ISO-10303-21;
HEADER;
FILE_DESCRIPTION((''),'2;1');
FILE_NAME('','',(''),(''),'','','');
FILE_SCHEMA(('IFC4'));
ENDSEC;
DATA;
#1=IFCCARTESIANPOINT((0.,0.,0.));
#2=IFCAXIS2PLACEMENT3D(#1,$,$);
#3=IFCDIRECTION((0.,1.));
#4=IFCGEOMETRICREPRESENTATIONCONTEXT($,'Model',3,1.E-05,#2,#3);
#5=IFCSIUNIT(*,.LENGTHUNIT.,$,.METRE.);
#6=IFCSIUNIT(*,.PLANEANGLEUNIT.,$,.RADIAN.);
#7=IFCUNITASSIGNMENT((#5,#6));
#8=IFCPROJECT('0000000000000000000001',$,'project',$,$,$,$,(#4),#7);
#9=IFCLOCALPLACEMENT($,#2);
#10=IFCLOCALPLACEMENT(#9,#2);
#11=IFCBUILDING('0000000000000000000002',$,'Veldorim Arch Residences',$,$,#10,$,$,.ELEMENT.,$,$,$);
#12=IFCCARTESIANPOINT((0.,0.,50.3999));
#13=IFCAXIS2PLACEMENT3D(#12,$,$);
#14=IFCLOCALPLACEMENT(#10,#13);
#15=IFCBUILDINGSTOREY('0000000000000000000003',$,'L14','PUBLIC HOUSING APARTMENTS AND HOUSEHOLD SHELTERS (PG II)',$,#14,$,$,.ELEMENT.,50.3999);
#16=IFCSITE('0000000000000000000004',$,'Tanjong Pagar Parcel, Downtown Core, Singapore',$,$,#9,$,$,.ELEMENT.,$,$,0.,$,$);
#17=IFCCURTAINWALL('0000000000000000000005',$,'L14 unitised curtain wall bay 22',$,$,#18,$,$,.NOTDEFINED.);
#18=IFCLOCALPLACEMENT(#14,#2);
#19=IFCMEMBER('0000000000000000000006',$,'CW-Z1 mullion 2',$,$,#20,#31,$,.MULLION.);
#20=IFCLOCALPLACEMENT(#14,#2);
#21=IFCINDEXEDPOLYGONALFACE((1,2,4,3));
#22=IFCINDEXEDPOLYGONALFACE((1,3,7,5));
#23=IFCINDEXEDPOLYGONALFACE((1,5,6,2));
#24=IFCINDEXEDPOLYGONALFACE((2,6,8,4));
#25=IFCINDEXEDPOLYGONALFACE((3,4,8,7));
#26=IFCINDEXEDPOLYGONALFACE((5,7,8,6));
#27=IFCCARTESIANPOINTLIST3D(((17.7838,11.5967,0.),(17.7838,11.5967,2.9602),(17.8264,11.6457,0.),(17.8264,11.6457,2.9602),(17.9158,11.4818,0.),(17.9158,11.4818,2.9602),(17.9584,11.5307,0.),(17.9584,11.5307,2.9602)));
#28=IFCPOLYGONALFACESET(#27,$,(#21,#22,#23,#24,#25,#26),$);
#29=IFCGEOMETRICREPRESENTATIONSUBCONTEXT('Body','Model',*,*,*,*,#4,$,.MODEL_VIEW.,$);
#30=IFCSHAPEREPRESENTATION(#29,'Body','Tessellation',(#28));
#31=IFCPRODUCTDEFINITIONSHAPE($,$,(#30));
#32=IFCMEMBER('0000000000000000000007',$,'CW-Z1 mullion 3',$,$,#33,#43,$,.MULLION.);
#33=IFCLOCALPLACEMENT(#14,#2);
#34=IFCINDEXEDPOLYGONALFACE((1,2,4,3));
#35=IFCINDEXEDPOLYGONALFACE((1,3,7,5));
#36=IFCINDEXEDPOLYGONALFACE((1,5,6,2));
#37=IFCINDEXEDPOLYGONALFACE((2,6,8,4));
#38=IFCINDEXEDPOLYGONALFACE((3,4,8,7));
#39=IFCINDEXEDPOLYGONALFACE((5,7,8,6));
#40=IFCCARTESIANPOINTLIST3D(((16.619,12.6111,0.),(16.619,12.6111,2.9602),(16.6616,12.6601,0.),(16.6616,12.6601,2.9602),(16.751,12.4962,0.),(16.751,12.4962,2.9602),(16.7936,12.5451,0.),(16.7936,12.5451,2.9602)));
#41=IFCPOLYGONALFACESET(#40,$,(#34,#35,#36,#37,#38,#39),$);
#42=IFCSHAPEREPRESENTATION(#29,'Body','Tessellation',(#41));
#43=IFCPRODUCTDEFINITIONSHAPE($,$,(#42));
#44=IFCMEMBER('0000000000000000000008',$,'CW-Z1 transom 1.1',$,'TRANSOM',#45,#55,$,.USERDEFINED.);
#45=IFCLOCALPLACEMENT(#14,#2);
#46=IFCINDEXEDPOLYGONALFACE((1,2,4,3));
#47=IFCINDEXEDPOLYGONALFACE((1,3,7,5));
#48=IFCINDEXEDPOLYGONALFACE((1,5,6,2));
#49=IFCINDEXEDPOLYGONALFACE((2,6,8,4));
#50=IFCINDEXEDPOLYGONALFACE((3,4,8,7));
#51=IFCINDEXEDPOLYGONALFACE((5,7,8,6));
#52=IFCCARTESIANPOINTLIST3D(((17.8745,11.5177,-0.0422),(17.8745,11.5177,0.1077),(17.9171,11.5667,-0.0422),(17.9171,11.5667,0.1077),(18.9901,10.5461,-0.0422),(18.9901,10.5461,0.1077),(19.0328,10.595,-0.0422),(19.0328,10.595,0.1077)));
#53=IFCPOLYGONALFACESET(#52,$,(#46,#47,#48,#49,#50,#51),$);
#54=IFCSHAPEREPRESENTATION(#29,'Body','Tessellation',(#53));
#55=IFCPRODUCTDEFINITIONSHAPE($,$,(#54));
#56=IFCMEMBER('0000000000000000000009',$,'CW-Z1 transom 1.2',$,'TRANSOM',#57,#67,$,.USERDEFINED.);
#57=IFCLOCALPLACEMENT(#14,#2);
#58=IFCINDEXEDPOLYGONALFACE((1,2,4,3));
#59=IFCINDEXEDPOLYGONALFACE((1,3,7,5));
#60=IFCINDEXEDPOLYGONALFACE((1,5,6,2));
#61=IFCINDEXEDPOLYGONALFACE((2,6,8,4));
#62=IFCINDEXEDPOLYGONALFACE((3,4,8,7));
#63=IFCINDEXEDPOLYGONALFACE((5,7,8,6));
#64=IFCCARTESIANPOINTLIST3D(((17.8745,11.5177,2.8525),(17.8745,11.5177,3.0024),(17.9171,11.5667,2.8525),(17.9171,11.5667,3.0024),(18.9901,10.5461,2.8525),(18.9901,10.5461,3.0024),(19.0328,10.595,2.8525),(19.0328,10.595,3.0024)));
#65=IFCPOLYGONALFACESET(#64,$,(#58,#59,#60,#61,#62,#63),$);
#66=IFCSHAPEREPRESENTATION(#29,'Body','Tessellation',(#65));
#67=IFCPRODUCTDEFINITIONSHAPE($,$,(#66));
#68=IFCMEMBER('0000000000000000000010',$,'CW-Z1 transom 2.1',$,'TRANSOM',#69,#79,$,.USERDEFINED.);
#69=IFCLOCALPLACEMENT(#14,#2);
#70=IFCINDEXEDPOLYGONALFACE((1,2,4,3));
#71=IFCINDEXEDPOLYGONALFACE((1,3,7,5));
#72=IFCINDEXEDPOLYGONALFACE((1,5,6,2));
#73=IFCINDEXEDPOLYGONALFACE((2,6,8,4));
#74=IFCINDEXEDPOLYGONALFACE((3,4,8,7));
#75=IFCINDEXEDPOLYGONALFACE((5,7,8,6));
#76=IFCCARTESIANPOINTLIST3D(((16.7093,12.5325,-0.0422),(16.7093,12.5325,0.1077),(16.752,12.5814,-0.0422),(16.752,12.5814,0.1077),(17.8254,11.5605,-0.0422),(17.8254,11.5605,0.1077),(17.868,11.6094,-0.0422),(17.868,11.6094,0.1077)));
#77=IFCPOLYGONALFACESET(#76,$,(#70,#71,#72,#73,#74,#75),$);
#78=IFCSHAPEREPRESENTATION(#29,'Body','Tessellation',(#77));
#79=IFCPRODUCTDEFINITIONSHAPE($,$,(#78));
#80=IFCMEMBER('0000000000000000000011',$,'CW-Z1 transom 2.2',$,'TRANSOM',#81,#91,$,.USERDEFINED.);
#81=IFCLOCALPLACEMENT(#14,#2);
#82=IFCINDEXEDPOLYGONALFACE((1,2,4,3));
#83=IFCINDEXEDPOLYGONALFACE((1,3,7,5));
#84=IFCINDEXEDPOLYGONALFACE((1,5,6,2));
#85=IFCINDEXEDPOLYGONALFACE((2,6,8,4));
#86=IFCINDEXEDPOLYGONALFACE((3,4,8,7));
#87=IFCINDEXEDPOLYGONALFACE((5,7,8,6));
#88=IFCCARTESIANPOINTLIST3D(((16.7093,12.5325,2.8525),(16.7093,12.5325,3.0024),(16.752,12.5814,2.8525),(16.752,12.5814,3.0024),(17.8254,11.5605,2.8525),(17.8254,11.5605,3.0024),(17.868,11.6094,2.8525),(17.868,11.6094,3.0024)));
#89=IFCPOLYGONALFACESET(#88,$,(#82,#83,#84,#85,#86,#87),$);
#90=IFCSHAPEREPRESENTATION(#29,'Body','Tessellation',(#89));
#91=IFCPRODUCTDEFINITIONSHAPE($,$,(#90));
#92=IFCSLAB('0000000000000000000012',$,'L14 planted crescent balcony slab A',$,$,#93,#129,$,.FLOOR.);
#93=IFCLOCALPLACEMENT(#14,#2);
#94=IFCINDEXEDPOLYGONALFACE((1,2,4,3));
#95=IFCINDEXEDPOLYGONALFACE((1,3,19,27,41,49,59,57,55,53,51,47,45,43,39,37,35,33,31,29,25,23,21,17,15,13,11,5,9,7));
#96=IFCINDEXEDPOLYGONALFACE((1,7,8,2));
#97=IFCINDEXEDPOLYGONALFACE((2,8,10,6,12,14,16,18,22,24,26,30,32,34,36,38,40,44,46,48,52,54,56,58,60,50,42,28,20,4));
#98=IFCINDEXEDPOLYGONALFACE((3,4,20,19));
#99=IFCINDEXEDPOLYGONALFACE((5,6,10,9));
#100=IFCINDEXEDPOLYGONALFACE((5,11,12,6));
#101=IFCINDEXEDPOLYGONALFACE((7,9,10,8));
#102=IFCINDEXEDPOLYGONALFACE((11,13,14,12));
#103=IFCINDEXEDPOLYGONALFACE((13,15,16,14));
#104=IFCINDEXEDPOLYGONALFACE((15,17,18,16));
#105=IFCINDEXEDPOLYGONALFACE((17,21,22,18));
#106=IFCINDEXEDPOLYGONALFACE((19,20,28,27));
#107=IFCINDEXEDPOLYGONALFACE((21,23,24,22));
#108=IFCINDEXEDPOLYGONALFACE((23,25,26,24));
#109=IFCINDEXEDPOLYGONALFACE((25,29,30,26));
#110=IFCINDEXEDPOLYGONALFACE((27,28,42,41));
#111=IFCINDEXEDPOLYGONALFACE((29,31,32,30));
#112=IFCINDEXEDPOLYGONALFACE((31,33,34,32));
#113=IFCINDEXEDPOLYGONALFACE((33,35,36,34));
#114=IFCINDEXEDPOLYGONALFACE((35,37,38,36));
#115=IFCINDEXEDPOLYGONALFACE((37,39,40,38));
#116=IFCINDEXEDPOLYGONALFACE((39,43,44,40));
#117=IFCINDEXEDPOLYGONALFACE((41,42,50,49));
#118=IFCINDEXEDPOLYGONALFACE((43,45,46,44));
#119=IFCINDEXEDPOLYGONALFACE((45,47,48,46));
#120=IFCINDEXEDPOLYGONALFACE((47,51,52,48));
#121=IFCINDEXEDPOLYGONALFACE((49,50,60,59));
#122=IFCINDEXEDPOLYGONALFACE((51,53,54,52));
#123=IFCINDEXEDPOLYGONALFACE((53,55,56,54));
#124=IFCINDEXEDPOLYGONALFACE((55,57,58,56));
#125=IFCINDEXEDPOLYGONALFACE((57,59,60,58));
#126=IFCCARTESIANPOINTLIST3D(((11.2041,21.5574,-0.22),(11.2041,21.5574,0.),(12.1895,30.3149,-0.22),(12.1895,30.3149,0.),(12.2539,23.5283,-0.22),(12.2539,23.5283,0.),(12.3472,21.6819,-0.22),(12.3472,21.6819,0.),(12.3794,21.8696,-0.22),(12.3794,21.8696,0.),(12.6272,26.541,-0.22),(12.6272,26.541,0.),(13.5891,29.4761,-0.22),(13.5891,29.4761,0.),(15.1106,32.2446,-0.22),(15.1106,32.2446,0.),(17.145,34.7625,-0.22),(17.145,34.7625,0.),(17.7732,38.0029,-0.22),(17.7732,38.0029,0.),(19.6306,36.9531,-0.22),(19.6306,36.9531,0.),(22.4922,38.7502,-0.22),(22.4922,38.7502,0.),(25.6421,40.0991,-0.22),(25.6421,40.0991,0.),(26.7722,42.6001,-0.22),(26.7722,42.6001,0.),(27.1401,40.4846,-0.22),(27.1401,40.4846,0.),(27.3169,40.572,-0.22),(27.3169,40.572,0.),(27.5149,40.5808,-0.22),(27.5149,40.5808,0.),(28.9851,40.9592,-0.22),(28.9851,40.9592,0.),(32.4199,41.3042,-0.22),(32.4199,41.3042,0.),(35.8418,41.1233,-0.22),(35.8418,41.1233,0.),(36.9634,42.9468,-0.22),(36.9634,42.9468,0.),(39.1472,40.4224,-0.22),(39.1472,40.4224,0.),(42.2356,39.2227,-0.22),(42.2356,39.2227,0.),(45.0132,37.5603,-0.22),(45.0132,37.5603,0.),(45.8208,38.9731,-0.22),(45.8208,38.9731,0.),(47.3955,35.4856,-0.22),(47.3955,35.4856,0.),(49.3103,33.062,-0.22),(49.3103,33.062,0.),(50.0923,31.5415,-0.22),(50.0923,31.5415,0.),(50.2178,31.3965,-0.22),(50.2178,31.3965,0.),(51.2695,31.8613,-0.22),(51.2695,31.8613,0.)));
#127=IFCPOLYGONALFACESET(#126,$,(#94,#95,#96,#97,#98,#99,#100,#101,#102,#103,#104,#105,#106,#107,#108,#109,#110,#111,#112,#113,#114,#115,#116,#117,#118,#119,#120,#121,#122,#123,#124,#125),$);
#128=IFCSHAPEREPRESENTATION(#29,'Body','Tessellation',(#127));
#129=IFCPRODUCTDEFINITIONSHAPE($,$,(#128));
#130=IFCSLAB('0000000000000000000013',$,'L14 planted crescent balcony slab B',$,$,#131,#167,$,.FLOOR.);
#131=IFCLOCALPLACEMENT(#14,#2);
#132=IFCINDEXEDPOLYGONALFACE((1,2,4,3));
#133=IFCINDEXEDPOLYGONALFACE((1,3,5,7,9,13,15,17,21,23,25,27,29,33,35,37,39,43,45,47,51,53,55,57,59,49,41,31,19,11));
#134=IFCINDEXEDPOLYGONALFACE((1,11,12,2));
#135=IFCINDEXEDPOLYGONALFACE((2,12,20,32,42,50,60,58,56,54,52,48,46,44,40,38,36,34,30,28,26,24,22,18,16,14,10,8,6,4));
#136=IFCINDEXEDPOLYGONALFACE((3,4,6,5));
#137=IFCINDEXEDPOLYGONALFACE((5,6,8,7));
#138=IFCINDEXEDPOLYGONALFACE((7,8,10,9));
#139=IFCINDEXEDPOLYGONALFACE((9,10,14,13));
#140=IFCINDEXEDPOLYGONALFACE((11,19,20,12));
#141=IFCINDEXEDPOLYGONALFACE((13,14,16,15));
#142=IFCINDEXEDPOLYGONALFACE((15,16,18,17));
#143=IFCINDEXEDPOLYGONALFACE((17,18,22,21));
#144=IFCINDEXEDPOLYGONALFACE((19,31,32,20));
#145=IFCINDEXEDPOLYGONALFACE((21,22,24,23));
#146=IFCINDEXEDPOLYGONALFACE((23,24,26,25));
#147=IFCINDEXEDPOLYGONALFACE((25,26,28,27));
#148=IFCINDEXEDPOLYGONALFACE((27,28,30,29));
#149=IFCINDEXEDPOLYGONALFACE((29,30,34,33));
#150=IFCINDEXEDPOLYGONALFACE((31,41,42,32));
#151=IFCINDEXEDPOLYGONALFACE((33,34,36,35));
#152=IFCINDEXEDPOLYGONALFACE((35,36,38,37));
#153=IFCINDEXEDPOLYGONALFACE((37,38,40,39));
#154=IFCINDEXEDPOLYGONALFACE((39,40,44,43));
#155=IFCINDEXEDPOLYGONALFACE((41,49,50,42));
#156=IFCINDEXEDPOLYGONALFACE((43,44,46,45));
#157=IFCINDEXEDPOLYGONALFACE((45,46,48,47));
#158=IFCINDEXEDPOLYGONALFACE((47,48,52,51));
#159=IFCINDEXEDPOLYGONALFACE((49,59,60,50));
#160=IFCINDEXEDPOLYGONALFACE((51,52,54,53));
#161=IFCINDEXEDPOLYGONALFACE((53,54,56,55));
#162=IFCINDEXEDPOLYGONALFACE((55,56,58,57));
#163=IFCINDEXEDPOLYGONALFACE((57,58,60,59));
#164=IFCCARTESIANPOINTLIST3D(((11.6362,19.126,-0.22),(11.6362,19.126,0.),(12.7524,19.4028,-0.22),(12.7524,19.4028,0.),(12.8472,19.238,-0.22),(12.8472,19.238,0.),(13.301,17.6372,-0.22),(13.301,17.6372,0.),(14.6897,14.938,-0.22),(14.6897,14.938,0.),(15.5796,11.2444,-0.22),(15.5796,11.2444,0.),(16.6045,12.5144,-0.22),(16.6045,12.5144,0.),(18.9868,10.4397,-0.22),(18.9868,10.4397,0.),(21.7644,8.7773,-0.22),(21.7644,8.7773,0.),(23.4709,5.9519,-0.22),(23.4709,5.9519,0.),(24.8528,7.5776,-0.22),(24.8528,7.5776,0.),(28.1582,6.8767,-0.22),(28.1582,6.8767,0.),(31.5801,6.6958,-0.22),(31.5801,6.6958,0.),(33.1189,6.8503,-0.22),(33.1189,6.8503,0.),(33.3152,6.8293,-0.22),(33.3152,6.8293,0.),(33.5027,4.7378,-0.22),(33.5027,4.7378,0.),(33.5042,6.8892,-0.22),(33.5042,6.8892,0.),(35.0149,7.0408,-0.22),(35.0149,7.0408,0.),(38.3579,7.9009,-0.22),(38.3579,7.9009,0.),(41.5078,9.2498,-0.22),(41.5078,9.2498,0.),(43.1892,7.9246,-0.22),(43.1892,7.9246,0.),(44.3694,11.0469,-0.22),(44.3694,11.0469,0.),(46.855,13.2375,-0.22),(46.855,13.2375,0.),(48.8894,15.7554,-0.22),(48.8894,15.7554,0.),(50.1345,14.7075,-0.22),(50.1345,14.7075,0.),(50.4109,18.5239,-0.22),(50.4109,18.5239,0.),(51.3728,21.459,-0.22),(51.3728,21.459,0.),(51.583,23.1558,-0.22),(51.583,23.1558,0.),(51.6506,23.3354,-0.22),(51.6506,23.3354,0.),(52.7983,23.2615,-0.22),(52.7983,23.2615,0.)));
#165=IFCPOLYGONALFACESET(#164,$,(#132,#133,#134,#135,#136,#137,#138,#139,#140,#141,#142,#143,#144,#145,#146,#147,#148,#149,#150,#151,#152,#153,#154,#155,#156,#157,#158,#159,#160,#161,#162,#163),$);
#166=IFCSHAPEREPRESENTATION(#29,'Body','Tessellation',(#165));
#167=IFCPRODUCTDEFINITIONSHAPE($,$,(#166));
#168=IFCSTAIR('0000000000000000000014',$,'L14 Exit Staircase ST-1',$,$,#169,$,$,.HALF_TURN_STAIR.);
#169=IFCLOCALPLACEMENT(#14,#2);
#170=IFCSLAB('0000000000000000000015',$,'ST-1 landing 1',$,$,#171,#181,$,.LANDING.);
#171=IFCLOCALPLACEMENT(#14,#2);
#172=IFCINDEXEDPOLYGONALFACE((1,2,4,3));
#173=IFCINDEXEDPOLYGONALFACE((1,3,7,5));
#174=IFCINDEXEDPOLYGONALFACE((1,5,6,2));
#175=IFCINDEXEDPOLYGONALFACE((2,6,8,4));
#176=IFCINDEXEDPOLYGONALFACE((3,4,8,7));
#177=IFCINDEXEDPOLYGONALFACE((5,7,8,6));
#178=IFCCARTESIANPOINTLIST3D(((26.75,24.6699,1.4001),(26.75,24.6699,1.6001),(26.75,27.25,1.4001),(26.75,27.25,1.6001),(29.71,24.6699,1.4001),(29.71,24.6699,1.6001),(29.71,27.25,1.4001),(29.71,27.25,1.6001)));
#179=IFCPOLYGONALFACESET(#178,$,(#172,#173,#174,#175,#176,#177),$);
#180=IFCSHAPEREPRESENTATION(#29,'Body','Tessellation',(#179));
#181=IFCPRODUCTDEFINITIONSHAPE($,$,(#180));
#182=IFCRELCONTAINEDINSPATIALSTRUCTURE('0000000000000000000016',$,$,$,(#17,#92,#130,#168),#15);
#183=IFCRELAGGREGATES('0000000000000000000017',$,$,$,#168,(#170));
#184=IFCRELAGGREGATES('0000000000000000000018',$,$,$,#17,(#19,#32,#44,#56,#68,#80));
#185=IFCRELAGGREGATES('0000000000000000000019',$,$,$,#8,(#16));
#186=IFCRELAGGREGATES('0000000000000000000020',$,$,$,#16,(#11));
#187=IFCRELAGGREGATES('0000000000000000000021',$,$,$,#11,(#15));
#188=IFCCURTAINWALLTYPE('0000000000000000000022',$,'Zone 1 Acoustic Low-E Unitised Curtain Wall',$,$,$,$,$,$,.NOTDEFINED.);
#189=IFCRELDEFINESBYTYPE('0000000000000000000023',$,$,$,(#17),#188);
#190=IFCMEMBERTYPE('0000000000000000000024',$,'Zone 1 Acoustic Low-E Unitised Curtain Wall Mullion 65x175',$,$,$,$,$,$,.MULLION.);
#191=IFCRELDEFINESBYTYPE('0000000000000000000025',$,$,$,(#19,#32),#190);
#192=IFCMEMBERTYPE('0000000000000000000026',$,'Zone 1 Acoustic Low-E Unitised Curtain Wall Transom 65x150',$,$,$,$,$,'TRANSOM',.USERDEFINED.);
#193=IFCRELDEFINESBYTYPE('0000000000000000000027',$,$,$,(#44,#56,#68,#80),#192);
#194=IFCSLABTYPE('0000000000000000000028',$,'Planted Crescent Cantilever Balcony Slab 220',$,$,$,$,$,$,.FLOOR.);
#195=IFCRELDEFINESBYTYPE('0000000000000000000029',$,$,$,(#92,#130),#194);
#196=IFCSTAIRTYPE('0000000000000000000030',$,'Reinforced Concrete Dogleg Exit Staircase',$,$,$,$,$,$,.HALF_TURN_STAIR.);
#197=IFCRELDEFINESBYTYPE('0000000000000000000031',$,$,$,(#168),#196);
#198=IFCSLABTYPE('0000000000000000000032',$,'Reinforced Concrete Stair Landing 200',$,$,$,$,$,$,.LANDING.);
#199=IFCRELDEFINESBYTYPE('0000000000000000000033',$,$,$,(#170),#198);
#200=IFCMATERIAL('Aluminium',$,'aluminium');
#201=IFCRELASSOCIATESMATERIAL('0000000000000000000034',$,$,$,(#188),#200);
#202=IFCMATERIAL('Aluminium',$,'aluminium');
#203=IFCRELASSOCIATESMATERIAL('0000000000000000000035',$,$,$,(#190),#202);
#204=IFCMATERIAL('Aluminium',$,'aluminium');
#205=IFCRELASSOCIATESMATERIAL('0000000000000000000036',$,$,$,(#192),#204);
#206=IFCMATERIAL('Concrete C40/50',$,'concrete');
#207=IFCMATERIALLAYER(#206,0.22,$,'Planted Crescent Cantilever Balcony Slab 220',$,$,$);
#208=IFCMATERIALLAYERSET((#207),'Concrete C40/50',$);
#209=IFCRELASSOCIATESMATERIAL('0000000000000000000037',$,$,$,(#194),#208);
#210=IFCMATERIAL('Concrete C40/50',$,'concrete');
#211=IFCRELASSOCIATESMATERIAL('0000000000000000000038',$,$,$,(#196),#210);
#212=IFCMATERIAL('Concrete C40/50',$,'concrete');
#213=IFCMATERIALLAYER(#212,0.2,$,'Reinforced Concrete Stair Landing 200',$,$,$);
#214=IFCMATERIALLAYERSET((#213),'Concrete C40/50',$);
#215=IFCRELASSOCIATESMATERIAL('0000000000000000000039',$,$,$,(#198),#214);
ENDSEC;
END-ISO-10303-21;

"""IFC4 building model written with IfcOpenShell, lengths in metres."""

from ifc_helpers import new_model, si_unit, direction, frame, origin, origin_2d, place, context, subcontext, project, spatial, polyline, rectangle, outline, extrude, material, layer, layer_set, material_profile, profile_set, type_object, element, aggregate, save


model = new_model("IFC4")

# Units and contexts
model_context = context("Model", 3, precision=1e-05, world=origin(), true_north=direction((0.0, 1.0)))
body_context = subcontext(model_context, "Body", "Model", "MODEL_VIEW")
ifc_project = project(units=[si_unit("LENGTHUNIT", "METRE"), si_unit("PLANEANGLEUNIT", "RADIAN")], contexts=[model_context])

# Site, building, storey
site_placement = place(None, origin())
site = spatial("IfcSite", under=ifc_project, at=site_placement, Name="Tanjong Pagar Parcel, Downtown Core, Singapore", CompositionType="ELEMENT", RefElevation=0.0)
building_placement = place(site_placement, origin())
building = spatial("IfcBuilding", under=site, at=building_placement, Name="Veldorim Arch Residences", CompositionType="ELEMENT")
storey_placement = place(building_placement, frame((0.0, 0.0, 50.3999)))
storey = spatial("IfcBuildingStorey", under=building, at=storey_placement, Name="L14", Description="PUBLIC HOUSING APARTMENTS AND HOUSEHOLD SHELTERS (PG II)", CompositionType="ELEMENT", Elevation=50.3999)

# Curtain wall, members
ifc_material_1 = material(Name="Aluminium", Category="aluminium")
curtain_wall_type = type_object("IfcCurtainWallType", Name="Zone 1 Acoustic Low-E Unitised Curtain Wall", PredefinedType="NOTDEFINED", material=ifc_material_1)
curtain_wall_placement = place(storey_placement, origin())
curtain_wall = element("IfcCurtainWall", 1, at=curtain_wall_placement, inside=storey, type_object=curtain_wall_type, Name="L14 unitised curtain wall bay 22", PredefinedType="NOTDEFINED")
ifc_material_2 = material(Name="Aluminium", Category="aluminium")
ifc_material_profile_1 = material_profile(ifc_material_2, rectangle(XDim=0.0649, YDim=0.175, at=origin_2d()), Name="ALU_MUL_65x175")
ifc_profile_set_1 = profile_set([ifc_material_profile_1], Name="Aluminium")
member_type_1 = type_object("IfcMemberType", Name="Zone 1 Acoustic Low-E Unitised Curtain Wall Mullion 65x175", PredefinedType="MULLION", material=ifc_profile_set_1)
member_1_placement = place(storey_placement, frame((17.8711, 11.5637, 0.0), z_axis=(0.0, 0.0, 1.0), x_axis=(-0.656719, -0.754136, 0.0)))
member_1 = element("IfcMember", 2, at=member_1_placement, type_object=member_type_1, Name="CW-Z1 mullion 2", PredefinedType="MULLION", context=body_context, shape_type="SweptSolid", body=[
    extrude(rectangle(XDim=0.0649, YDim=0.175, at=origin_2d()), origin(), (0.0, 0.0, 1.0), 2.9602),
])
member_2_placement = place(storey_placement, frame((16.7063, 12.5781, 0.0), z_axis=(0.0, 0.0, 1.0), x_axis=(-0.656719, -0.754136, 0.0)))
member_2 = element("IfcMember", 3, at=member_2_placement, type_object=member_type_1, Name="CW-Z1 mullion 3", PredefinedType="MULLION", context=body_context, shape_type="SweptSolid", body=[
    extrude(rectangle(XDim=0.0649, YDim=0.175, at=origin_2d()), origin(), (0.0, 0.0, 1.0), 2.9602),
])
ifc_material_3 = material(Name="Aluminium", Category="aluminium")
ifc_material_profile_2 = material_profile(ifc_material_3, rectangle(XDim=0.0649, YDim=0.1499, at=origin_2d()), Name="ALU_TRN_65x150")
ifc_profile_set_2 = profile_set([ifc_material_profile_2], Name="Aluminium")
member_type_2 = type_object("IfcMemberType", Name="Zone 1 Acoustic Low-E Unitised Curtain Wall Transom 65x150", ElementType="TRANSOM", PredefinedType="USERDEFINED", material=ifc_profile_set_2)
member_3_placement = place(storey_placement, frame((19.0115, 10.5706, 0.0327), z_axis=(-0.754108, 0.65675, 0.0), x_axis=(-0.65675, -0.754108, 0.0)))
member_3 = element("IfcMember", 4, at=member_3_placement, type_object=member_type_2, Name="CW-Z1 transom 1.1", ObjectType="TRANSOM", PredefinedType="USERDEFINED", context=body_context, shape_type="SweptSolid", body=[
    extrude(rectangle(XDim=0.0649, YDim=0.1499, at=origin_2d()), origin(), (0.0, 0.0, 1.0), 1.4795),
])
member_4_placement = place(storey_placement, frame((19.0115, 10.5706, 2.9275), z_axis=(-0.754108, 0.65675, 0.0), x_axis=(-0.65675, -0.754108, 0.0)))
member_4 = element("IfcMember", 5, at=member_4_placement, type_object=member_type_2, Name="CW-Z1 transom 1.2", ObjectType="TRANSOM", PredefinedType="USERDEFINED", context=body_context, shape_type="SweptSolid", body=[
    extrude(rectangle(XDim=0.0649, YDim=0.1499, at=origin_2d()), origin(), (0.0, 0.0, 1.0), 1.4795),
])
member_5_placement = place(storey_placement, frame((17.8467, 11.585, 0.0327), z_axis=(-0.754097, 0.656763, 0.0), x_axis=(-0.656763, -0.754097, 0.0)))
member_5 = element("IfcMember", 6, at=member_5_placement, type_object=member_type_2, Name="CW-Z1 transom 2.1", ObjectType="TRANSOM", PredefinedType="USERDEFINED", context=body_context, shape_type="SweptSolid", body=[
    extrude(rectangle(XDim=0.0649, YDim=0.1499, at=origin_2d()), origin(), (0.0, 0.0, 1.0), 1.48),
])
member_6_placement = place(storey_placement, frame((17.8467, 11.585, 2.9275), z_axis=(-0.754097, 0.656763, 0.0), x_axis=(-0.656763, -0.754097, 0.0)))
member_6 = element("IfcMember", 7, at=member_6_placement, type_object=member_type_2, Name="CW-Z1 transom 2.2", ObjectType="TRANSOM", PredefinedType="USERDEFINED", context=body_context, shape_type="SweptSolid", body=[
    extrude(rectangle(XDim=0.0649, YDim=0.1499, at=origin_2d()), origin(), (0.0, 0.0, 1.0), 1.48),
])

# Slabs
ifc_material_4 = material(Name="Concrete C40/50", Category="concrete")
ifc_layer_1 = layer(ifc_material_4, 0.22, Name="Planted Crescent Cantilever Balcony Slab 220")
ifc_layer_set_1 = layer_set([ifc_layer_1], Name="Concrete C40/50")
slab_type_1 = type_object("IfcSlabType", Name="Planted Crescent Cantilever Balcony Slab 220", PredefinedType="FLOOR", material=ifc_layer_set_1)
slab_1_placement = place(storey_placement, frame((0.0, 0.0, -0.22)))
element("IfcSlab", 8, at=slab_1_placement, inside=storey, type_object=slab_type_1, Name="L14 planted crescent balcony slab A", PredefinedType="FLOOR", context=body_context, shape_type="SweptSolid", body=[
    extrude(outline(polyline([(50.0923, 31.5415), (49.3103, 33.062), (47.3955, 35.4856), (45.0132, 37.5603), (42.2356, 39.2227), (39.1472, 40.4224), (35.8418, 41.1233), (32.4199, 41.3042), (28.9851, 40.9592), (27.5149, 40.5808), (27.3169, 40.572), (27.1401, 40.4846), (25.6421, 40.0991), (22.4922, 38.7502), (19.6306, 36.9531), (17.145, 34.7625), (15.1106, 32.2446), (13.5891, 29.4761), (12.6272, 26.541), (12.2539, 23.5283), (12.3794, 21.8696), (12.3472, 21.6819), (11.2041, 21.5574), (12.1895, 30.3149), (17.7732, 38.0029), (26.7722, 42.6001), (36.9634, 42.9468), (45.8208, 38.9731), (51.2695, 31.8613), (50.2178, 31.3965), (50.0923, 31.5415)])), origin(), (0.0, 0.0, 1.0), 0.22),
])
slab_2_placement = place(storey_placement, frame((0.0, 0.0, -0.22)))
element("IfcSlab", 9, at=slab_2_placement, inside=storey, type_object=slab_type_1, Name="L14 planted crescent balcony slab B", PredefinedType="FLOOR", context=body_context, shape_type="SweptSolid", body=[
    extrude(outline(polyline([(12.8472, 19.238), (13.301, 17.6372), (14.6897, 14.938), (16.6045, 12.5144), (18.9868, 10.4397), (21.7644, 8.7773), (24.8528, 7.5776), (28.1582, 6.8767), (31.5801, 6.6958), (33.1189, 6.8503), (33.3152, 6.8293), (33.5042, 6.8892), (35.0149, 7.0408), (38.3579, 7.9009), (41.5078, 9.2498), (44.3694, 11.0469), (46.855, 13.2375), (48.8894, 15.7554), (50.4109, 18.5239), (51.3728, 21.459), (51.583, 23.1558), (51.6506, 23.3354), (52.7983, 23.2615), (50.1345, 14.7075), (43.1892, 7.9246), (33.5027, 4.7378), (23.4709, 5.9519), (15.5796, 11.2444), (11.6362, 19.126), (12.7524, 19.4028), (12.8472, 19.238)])), origin(), (0.0, 0.0, 1.0), 0.22),
])

# Stair, slab
ifc_material_5 = material(Name="Concrete C40/50", Category="concrete")
stair_type = type_object("IfcStairType", Name="Reinforced Concrete Dogleg Exit Staircase", PredefinedType="HALF_TURN_STAIR", material=ifc_material_5)
stair_1_placement = place(storey_placement, origin())
stair_1 = element("IfcStair", 10, at=stair_1_placement, inside=storey, type_object=stair_type, Name="L14 Exit Staircase ST-1", PredefinedType="HALF_TURN_STAIR")
ifc_material_6 = material(Name="Concrete C40/50", Category="concrete")
ifc_layer_2 = layer(ifc_material_6, 0.2, Name="Reinforced Concrete Stair Landing 200")
ifc_layer_set_2 = layer_set([ifc_layer_2], Name="Concrete C40/50")
slab_type_2 = type_object("IfcSlabType", Name="Reinforced Concrete Stair Landing 200", PredefinedType="LANDING", material=ifc_layer_set_2)
slab_3_placement = place(storey_placement, frame((0.0, 0.0, 1.4001)))
slab_3 = element("IfcSlab", 11, at=slab_3_placement, type_object=slab_type_2, Name="ST-1 landing 1", PredefinedType="LANDING", context=body_context, shape_type="SweptSolid", body=[
    extrude(outline(polyline([(29.71, 24.6699), (29.71, 27.25), (26.75, 27.25), (26.75, 24.6699), (29.71, 24.6699)])), origin(), (0.0, 0.0, 1.0), 0.2),
])
aggregate(stair_1, [slab_3])

aggregate(curtain_wall, [member_1, member_2, member_3, member_4, member_5, member_6])

save(model, "model.ifc")
